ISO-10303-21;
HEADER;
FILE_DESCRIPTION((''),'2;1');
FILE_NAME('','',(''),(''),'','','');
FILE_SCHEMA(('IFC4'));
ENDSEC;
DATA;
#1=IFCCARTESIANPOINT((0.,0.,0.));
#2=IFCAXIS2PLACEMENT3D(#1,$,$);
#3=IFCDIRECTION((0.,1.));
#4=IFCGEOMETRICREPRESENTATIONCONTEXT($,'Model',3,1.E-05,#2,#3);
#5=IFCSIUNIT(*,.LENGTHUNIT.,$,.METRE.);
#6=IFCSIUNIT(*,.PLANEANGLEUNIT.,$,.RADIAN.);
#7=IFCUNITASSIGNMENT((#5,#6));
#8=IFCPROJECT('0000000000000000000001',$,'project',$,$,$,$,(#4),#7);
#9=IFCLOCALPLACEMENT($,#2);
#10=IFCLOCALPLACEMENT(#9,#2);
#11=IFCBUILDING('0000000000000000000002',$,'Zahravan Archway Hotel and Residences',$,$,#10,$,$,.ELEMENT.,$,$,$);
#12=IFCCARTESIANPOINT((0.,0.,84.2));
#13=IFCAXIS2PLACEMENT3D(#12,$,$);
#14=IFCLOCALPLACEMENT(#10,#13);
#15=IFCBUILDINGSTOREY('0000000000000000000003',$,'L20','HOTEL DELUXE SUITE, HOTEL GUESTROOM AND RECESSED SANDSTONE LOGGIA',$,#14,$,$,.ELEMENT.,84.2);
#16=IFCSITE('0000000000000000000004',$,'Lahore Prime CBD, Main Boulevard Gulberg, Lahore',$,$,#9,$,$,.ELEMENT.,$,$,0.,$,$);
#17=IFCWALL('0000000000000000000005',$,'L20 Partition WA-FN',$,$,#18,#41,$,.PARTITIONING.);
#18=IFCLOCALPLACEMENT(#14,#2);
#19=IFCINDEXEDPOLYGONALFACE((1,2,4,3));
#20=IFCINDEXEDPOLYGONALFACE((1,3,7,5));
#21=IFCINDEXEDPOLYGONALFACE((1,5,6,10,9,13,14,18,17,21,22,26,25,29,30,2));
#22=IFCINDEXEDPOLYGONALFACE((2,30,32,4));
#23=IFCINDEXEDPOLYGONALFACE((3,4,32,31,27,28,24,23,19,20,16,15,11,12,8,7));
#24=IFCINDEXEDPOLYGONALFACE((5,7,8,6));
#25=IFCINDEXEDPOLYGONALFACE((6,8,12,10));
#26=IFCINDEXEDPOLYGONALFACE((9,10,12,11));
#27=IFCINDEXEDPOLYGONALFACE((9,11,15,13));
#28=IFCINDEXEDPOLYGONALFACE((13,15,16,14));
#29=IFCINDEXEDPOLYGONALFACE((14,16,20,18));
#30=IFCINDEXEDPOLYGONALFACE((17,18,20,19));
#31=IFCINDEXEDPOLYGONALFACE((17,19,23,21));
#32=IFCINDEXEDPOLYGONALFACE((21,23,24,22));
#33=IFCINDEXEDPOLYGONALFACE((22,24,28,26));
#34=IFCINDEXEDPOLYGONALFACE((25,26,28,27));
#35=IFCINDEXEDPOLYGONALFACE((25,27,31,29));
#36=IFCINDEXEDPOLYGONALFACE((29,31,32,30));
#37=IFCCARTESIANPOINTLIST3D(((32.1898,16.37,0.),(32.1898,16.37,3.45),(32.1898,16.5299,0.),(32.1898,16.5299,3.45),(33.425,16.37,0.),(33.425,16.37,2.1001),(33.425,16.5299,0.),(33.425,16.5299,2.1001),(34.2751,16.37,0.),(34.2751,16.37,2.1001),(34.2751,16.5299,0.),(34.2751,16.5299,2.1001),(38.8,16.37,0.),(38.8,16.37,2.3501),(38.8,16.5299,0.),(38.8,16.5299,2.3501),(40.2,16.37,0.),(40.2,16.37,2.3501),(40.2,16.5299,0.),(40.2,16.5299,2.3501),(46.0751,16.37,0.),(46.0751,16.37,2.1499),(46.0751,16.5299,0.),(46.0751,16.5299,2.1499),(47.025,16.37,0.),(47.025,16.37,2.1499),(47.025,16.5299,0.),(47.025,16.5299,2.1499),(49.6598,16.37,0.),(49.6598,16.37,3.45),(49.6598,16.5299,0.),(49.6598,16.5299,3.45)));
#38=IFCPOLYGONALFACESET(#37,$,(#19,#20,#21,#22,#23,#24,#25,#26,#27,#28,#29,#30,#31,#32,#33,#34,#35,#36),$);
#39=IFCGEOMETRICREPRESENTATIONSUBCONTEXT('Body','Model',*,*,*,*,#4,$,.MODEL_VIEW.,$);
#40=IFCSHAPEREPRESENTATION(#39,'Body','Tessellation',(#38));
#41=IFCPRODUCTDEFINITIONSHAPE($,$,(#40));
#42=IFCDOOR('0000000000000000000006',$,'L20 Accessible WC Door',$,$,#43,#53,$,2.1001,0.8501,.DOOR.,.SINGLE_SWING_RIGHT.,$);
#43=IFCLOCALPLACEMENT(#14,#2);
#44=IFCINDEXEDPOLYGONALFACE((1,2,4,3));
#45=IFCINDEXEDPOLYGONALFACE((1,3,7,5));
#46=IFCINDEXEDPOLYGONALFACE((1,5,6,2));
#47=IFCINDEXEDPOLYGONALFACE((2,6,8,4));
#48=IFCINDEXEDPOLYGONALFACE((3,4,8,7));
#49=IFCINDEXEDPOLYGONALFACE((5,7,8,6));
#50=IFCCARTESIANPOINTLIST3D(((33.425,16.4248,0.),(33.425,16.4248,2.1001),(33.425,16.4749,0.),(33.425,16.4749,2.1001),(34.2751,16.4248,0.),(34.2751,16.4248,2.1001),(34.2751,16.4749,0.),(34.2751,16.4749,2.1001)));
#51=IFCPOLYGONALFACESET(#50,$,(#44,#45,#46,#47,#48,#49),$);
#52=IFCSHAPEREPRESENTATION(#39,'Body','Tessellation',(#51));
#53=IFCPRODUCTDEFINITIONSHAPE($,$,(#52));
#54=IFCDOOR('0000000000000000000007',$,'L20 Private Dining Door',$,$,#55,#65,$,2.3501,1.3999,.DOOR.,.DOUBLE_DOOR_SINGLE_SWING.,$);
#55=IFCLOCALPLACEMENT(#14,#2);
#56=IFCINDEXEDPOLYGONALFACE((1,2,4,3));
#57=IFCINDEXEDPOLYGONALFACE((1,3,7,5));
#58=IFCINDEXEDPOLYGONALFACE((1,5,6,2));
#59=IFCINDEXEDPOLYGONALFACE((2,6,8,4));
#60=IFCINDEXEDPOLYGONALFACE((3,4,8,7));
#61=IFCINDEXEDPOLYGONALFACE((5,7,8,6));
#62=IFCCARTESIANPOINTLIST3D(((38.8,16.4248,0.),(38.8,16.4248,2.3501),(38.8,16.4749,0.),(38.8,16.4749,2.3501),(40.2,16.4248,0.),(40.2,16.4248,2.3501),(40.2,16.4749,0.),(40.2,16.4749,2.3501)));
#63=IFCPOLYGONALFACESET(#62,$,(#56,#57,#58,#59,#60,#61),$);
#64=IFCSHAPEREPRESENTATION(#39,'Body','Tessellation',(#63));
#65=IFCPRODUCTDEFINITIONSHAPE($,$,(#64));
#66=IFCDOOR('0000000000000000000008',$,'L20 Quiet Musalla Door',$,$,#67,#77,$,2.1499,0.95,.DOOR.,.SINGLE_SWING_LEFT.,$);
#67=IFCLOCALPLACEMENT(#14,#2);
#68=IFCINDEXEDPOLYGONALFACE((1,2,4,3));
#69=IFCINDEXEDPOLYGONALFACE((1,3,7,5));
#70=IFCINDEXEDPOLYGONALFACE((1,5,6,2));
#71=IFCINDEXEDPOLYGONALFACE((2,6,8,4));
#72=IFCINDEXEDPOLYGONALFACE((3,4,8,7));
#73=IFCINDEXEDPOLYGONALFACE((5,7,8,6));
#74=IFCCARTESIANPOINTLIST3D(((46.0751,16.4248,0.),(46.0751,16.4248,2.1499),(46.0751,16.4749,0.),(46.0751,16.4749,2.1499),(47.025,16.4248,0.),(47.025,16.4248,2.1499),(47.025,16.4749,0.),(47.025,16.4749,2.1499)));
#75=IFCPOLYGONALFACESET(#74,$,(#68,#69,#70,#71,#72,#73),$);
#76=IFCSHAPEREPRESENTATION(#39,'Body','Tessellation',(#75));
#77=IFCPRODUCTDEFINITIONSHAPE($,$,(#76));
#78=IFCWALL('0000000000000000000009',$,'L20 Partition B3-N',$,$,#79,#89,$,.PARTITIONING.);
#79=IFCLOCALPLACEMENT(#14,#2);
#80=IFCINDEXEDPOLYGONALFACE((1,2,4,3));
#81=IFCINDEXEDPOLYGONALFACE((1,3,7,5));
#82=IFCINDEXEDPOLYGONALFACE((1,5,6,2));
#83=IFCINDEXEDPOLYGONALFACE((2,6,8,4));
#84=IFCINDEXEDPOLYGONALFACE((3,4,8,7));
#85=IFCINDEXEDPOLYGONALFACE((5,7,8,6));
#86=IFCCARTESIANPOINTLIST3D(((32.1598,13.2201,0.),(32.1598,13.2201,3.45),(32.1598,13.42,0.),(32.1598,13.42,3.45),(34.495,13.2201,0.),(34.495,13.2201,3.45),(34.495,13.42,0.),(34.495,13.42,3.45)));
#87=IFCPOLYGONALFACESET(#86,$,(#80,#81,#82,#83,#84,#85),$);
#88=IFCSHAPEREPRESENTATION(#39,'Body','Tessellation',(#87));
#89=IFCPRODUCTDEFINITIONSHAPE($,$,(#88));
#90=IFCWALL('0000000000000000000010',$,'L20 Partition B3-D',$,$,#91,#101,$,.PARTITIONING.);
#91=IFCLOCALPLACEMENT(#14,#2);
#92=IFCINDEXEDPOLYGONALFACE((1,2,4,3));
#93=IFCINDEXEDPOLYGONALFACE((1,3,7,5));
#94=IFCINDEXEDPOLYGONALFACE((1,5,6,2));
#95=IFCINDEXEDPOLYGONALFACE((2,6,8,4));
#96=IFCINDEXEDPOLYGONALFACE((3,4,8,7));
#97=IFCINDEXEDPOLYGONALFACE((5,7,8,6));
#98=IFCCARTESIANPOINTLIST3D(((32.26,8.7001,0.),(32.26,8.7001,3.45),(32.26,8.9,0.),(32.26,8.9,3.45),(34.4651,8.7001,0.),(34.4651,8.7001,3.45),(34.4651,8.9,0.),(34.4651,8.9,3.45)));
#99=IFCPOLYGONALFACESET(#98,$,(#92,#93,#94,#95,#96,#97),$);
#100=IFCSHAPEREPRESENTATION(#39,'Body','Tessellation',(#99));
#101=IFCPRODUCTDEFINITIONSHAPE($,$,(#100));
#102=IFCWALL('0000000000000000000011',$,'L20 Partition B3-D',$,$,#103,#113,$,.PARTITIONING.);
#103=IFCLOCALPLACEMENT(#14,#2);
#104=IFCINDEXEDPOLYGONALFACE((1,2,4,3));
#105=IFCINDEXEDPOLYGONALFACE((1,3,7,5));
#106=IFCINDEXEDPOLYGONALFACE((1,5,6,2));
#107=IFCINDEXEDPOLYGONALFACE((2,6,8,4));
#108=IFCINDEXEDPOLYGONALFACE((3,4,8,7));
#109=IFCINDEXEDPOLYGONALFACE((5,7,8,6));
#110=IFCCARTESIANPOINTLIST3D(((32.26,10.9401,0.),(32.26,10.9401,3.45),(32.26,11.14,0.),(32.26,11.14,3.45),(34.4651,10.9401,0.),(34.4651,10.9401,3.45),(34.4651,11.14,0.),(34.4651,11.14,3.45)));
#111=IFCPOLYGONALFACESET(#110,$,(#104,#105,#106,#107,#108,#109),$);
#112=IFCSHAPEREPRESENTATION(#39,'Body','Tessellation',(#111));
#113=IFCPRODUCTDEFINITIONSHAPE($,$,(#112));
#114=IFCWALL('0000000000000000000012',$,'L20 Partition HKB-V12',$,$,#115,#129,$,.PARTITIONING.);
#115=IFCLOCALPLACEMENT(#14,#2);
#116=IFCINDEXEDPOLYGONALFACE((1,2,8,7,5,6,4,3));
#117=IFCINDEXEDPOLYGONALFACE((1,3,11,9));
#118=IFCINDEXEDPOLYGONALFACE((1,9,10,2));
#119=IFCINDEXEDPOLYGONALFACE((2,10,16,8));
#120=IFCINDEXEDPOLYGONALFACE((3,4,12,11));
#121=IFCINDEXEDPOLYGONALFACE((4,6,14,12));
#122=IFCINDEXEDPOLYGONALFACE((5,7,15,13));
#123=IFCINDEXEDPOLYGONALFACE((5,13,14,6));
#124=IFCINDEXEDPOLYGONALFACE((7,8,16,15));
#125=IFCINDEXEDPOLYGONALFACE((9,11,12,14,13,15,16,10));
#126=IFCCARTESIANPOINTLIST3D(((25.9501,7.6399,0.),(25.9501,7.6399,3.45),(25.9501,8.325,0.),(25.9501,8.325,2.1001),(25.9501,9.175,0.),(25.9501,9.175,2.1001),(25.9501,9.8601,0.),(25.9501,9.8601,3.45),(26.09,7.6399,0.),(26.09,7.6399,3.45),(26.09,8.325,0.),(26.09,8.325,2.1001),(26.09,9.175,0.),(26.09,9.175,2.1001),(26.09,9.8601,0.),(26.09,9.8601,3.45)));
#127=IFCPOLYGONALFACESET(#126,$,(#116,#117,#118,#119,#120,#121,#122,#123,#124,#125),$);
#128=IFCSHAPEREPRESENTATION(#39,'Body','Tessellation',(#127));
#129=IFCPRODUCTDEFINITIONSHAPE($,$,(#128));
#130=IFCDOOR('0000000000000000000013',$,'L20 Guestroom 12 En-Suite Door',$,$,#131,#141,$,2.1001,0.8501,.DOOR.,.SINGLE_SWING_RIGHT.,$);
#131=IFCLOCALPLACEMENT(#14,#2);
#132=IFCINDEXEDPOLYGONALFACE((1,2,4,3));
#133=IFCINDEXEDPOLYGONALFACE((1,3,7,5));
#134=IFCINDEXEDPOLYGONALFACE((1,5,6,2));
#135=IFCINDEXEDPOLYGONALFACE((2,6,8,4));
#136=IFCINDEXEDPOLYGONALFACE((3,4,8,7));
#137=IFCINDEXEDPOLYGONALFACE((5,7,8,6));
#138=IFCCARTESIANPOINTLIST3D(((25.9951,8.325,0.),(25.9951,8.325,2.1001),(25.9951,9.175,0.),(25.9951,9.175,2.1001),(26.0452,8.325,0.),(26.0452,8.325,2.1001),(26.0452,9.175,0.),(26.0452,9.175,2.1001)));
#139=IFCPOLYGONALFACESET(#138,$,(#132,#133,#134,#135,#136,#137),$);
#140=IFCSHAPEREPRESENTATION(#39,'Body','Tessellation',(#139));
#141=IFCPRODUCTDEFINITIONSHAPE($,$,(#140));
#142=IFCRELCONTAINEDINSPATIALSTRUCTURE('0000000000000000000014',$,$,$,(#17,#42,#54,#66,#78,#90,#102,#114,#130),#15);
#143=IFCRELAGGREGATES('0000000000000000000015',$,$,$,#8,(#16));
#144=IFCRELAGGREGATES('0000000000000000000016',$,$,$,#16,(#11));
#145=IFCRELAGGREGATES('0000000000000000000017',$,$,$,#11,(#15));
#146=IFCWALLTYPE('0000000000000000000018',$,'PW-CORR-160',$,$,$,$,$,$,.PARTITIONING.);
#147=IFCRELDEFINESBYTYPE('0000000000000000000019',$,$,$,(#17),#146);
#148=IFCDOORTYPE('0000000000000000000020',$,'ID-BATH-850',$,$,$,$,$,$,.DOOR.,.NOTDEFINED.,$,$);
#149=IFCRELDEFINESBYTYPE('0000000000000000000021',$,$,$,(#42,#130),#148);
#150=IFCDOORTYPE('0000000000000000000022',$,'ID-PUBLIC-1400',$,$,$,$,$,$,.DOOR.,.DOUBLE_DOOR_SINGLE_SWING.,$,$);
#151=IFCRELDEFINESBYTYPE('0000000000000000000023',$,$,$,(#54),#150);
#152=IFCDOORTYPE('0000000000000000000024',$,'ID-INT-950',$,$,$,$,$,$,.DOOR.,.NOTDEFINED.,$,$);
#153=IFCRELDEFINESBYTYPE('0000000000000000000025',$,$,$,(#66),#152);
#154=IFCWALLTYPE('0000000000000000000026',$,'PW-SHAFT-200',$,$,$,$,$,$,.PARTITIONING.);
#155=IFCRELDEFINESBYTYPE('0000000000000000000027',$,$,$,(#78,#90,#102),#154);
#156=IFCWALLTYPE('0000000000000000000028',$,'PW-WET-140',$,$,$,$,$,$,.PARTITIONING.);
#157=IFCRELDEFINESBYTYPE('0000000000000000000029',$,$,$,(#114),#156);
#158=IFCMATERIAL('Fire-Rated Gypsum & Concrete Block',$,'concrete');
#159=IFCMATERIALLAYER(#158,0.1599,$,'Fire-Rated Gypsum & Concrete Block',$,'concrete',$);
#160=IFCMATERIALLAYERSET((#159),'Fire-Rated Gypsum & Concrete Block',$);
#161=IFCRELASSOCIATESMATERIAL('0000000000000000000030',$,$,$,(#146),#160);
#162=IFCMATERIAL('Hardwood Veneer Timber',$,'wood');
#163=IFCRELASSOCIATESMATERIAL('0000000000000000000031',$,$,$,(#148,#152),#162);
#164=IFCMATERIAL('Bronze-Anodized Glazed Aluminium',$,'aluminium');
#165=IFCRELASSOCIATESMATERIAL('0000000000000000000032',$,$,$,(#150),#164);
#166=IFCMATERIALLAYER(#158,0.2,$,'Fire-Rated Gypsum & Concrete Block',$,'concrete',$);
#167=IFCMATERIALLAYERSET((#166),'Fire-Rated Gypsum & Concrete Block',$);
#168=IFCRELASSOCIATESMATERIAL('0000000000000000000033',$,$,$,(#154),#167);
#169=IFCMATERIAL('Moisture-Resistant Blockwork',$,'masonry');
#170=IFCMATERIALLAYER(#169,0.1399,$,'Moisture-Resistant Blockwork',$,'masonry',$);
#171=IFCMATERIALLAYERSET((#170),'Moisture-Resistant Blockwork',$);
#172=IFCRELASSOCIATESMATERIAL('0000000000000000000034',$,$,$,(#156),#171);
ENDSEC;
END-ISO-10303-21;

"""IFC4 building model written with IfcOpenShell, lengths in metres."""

from ifc_helpers import new_model, si_unit, direction, frame, frame_2d, origin, place, context, subcontext, project, spatial, rectangle, extrude, source, transform, mapped, material, layer, layer_set, type_object, type_shapes, element, fill, save


model = new_model("IFC4")

# Units and contexts
model_context = context("Model", 3, precision=1e-05, world=origin(), true_north=direction((0.0, 1.0)))
body_context = subcontext(model_context, "Body", "Model", "MODEL_VIEW")
ifc_project = project(units=[si_unit("LENGTHUNIT", "METRE"), si_unit("PLANEANGLEUNIT", "RADIAN")], contexts=[model_context])

# Site, building, storey
site_placement = place(None, origin())
site = spatial("IfcSite", under=ifc_project, at=site_placement, Name="Lahore Prime CBD, Main Boulevard Gulberg, Lahore", CompositionType="ELEMENT", RefElevation=0.0)
building_placement = place(site_placement, origin())
building = spatial("IfcBuilding", under=site, at=building_placement, Name="Zahravan Archway Hotel and Residences", CompositionType="ELEMENT")
storey_placement = place(building_placement, frame((0.0, 0.0, 84.2)))
storey = spatial("IfcBuildingStorey", under=building, at=storey_placement, Name="L20", Description="HOTEL DELUXE SUITE, HOTEL GUESTROOM AND RECESSED SANDSTONE LOGGIA", CompositionType="ELEMENT", Elevation=84.2)

# Shared definitions
ifc_material_1 = material(Name="Fire-Rated Gypsum & Concrete Block", Category="concrete")
ifc_layer_1 = layer(ifc_material_1, 0.1599, Name="Fire-Rated Gypsum & Concrete Block", Category="concrete")
ifc_layer_set_1 = layer_set([ifc_layer_1], Name="Fire-Rated Gypsum & Concrete Block")
wall_type_1 = type_object("IfcWallType", Name="PW-CORR-160", PredefinedType="PARTITIONING", material=ifc_layer_set_1)

# Wall, openings, doors
wall_1_placement = place(storey_placement, frame((32.1899, 16.45, 0.0), z_axis=(0.0, 0.0, 1.0), x_axis=(1.0, 0.0, 0.0)))
wall_1 = element("IfcWall", 1, at=wall_1_placement, inside=storey, type_object=wall_type_1, Name="L20 Partition WA-FN", PredefinedType="PARTITIONING", context=body_context, shape_type="SweptSolid", body=[
    extrude(rectangle(XDim=17.47, YDim=0.1599, at=frame_2d((8.7349, 0.0))), origin(), (0.0, 0.0, 1.0), 3.45),
])
opening_1_placement = place(wall_1_placement, frame((1.2351, 0.0, 0.0)))
opening_1 = element("IfcOpeningElement", 2, at=opening_1_placement, cuts=wall_1, PredefinedType="OPENING", context=body_context, shape_type="SweptSolid", body=[
    extrude(rectangle(XDim=0.8501, YDim=2.1001, at=frame_2d((0.425, 1.05))), frame((0.0, 0.0898, 0.0), z_axis=(0.0, -1.0, 0.0), x_axis=(1.0, 0.0, 0.0)), (0.0, 0.0, 1.0), 0.1799),
])
opening_2_placement = place(wall_1_placement, frame((6.6101, 0.0, 0.0)))
opening_2 = element("IfcOpeningElement", 3, at=opening_2_placement, cuts=wall_1, PredefinedType="OPENING", context=body_context, shape_type="SweptSolid", body=[
    extrude(rectangle(XDim=1.3999, YDim=2.3501, at=frame_2d((0.7, 1.175))), frame((0.0, 0.0898, 0.0), z_axis=(0.0, -1.0, 0.0), x_axis=(1.0, 0.0, 0.0)), (0.0, 0.0, 1.0), 0.1799),
])
opening_3_placement = place(wall_1_placement, frame((13.885, 0.0, 0.0)))
opening_3 = element("IfcOpeningElement", 4, at=opening_3_placement, cuts=wall_1, PredefinedType="OPENING", context=body_context, shape_type="SweptSolid", body=[
    extrude(rectangle(XDim=0.95, YDim=2.1499, at=frame_2d((0.4751, 1.075))), frame((0.0, 0.0898, 0.0), z_axis=(0.0, -1.0, 0.0), x_axis=(1.0, 0.0, 0.0)), (0.0, 0.0, 1.0), 0.1799),
])
ifc_material_2 = material(Name="Hardwood Veneer Timber", Category="wood")
door_type_1 = type_object("IfcDoorType", Name="ID-BATH-850", OperationType="NOTDEFINED", PredefinedType="DOOR", material=ifc_material_2)
shared_shape_1 = source(origin(), body_context, "Body", "SweptSolid", [
    extrude(rectangle(XDim=0.8501, YDim=2.1001, at=frame_2d((0.425, 1.05))), frame((0.0, 0.0249, 0.0), z_axis=(0.0, -1.0, 0.0), x_axis=(1.0, 0.0, 0.0)), (0.0, 0.0, 1.0), 0.05),
])
type_shapes(door_type_1, [shared_shape_1])
door_1_placement = place(opening_1_placement, origin())
door_1 = element("IfcDoor", 5, at=door_1_placement, inside=storey, type_object=door_type_1, Name="L20 Accessible WC Door", OperationType="SINGLE_SWING_RIGHT", OverallHeight=2.1001, OverallWidth=0.8501, PredefinedType="DOOR", context=body_context, shape_type="MappedRepresentation", body=[
    mapped(shared_shape_1, transform((0.0, 0.0, 0.0), scale=1.0)),
])
fill(opening_1, door_1)
ifc_material_3 = material(Name="Bronze-Anodized Glazed Aluminium", Category="aluminium")
door_type_2 = type_object("IfcDoorType", Name="ID-PUBLIC-1400", OperationType="DOUBLE_DOOR_SINGLE_SWING", PredefinedType="DOOR", material=ifc_material_3)
shared_shape_2 = source(origin(), body_context, "Body", "SweptSolid", [
    extrude(rectangle(XDim=1.3999, YDim=2.3501, at=frame_2d((0.7, 1.175))), frame((0.0, 0.0249, 0.0), z_axis=(0.0, -1.0, 0.0), x_axis=(1.0, 0.0, 0.0)), (0.0, 0.0, 1.0), 0.05),
])
type_shapes(door_type_2, [shared_shape_2])
door_2_placement = place(opening_2_placement, origin())
door_2 = element("IfcDoor", 6, at=door_2_placement, inside=storey, type_object=door_type_2, Name="L20 Private Dining Door", OperationType="DOUBLE_DOOR_SINGLE_SWING", OverallHeight=2.3501, OverallWidth=1.3999, PredefinedType="DOOR", context=body_context, shape_type="MappedRepresentation", body=[
    mapped(shared_shape_2, transform((0.0, 0.0, 0.0), scale=1.0)),
])
fill(opening_2, door_2)
door_type_3 = type_object("IfcDoorType", Name="ID-INT-950", OperationType="NOTDEFINED", PredefinedType="DOOR", material=ifc_material_2)
shared_shape_3 = source(origin(), body_context, "Body", "SweptSolid", [
    extrude(rectangle(XDim=0.95, YDim=2.1499, at=frame_2d((0.4751, 1.075))), frame((0.0, 0.0249, 0.0), z_axis=(0.0, -1.0, 0.0), x_axis=(1.0, 0.0, 0.0)), (0.0, 0.0, 1.0), 0.05),
])
type_shapes(door_type_3, [shared_shape_3])
door_3_placement = place(opening_3_placement, origin())
door_3 = element("IfcDoor", 7, at=door_3_placement, inside=storey, type_object=door_type_3, Name="L20 Quiet Musalla Door", OperationType="SINGLE_SWING_LEFT", OverallHeight=2.1499, OverallWidth=0.95, PredefinedType="DOOR", context=body_context, shape_type="MappedRepresentation", body=[
    mapped(shared_shape_3, transform((0.0, 0.0, 0.0), scale=1.0)),
])
fill(opening_3, door_3)

# Walls
ifc_layer_2 = layer(ifc_material_1, 0.2, Name="Fire-Rated Gypsum & Concrete Block", Category="concrete")
ifc_layer_set_2 = layer_set([ifc_layer_2], Name="Fire-Rated Gypsum & Concrete Block")
wall_type_2 = type_object("IfcWallType", Name="PW-SHAFT-200", PredefinedType="PARTITIONING", material=ifc_layer_set_2)
wall_2_placement = place(storey_placement, frame((32.1599, 13.3201, 0.0), z_axis=(0.0, 0.0, 1.0), x_axis=(1.0, 0.0, 0.0)))
element("IfcWall", 8, at=wall_2_placement, inside=storey, type_object=wall_type_2, Name="L20 Partition B3-N", PredefinedType="PARTITIONING", context=body_context, shape_type="SweptSolid", body=[
    extrude(rectangle(XDim=2.3352, YDim=0.2, at=frame_2d((1.1675, 0.0))), origin(), (0.0, 0.0, 1.0), 3.45),
])
for number, where, z_axis, x_axis, name in (
    (9, (32.26, 8.8, 0.0), (0.0, 0.0, 1.0), (1.0, 0.0, 0.0), "L20 Partition B3-D"),
    (10, (32.26, 11.04, 0.0), (0.0, 0.0, 1.0), (1.0, 0.0, 0.0), "L20 Partition B3-D"),
):
    element("IfcWall", number, at=place(storey_placement, frame(where, z_axis=z_axis, x_axis=x_axis)), inside=storey, type_object=wall_type_2, Name=name, PredefinedType="PARTITIONING", context=body_context, shape_type="SweptSolid", body=[
        extrude(rectangle(XDim=2.2051, YDim=0.2, at=frame_2d((1.1025, 0.0))), origin(), (0.0, 0.0, 1.0), 3.45),
    ])

# Wall, opening, door
ifc_material_4 = material(Name="Moisture-Resistant Blockwork", Category="masonry")
ifc_layer_3 = layer(ifc_material_4, 0.1399, Name="Moisture-Resistant Blockwork", Category="masonry")
ifc_layer_set_3 = layer_set([ifc_layer_3], Name="Moisture-Resistant Blockwork")
wall_type_3 = type_object("IfcWallType", Name="PW-WET-140", PredefinedType="PARTITIONING", material=ifc_layer_set_3)
wall_3_placement = place(storey_placement, frame((26.02, 7.6399, 0.0), z_axis=(0.0, 0.0, 1.0), x_axis=(0.0, 1.0, 0.0)))
wall_3 = element("IfcWall", 11, at=wall_3_placement, inside=storey, type_object=wall_type_3, Name="L20 Partition HKB-V12", PredefinedType="PARTITIONING", context=body_context, shape_type="SweptSolid", body=[
    extrude(rectangle(XDim=2.2202, YDim=0.1399, at=frame_2d((1.1101, 0.0))), origin(), (0.0, 0.0, 1.0), 3.45),
])
opening_4_placement = place(wall_3_placement, frame((0.6851, 0.0, 0.0)))
opening_4 = element("IfcOpeningElement", 12, at=opening_4_placement, cuts=wall_3, PredefinedType="OPENING", context=body_context, shape_type="SweptSolid", body=[
    extrude(rectangle(XDim=0.8501, YDim=2.1001, at=frame_2d((0.425, 1.05))), frame((0.0, 0.0801, 0.0), z_axis=(0.0, -1.0, 0.0), x_axis=(1.0, 0.0, 0.0)), (0.0, 0.0, 1.0), 0.1599),
])
door_4_placement = place(opening_4_placement, origin())
door_4 = element("IfcDoor", 13, at=door_4_placement, inside=storey, type_object=door_type_1, Name="L20 Guestroom 12 En-Suite Door", OperationType="SINGLE_SWING_RIGHT", OverallHeight=2.1001, OverallWidth=0.8501, PredefinedType="DOOR", context=body_context, shape_type="MappedRepresentation", body=[
    mapped(shared_shape_1, transform((0.0, 0.0, 0.0), scale=1.0)),
])
fill(opening_4, door_4)

save(model, "model.ifc")
